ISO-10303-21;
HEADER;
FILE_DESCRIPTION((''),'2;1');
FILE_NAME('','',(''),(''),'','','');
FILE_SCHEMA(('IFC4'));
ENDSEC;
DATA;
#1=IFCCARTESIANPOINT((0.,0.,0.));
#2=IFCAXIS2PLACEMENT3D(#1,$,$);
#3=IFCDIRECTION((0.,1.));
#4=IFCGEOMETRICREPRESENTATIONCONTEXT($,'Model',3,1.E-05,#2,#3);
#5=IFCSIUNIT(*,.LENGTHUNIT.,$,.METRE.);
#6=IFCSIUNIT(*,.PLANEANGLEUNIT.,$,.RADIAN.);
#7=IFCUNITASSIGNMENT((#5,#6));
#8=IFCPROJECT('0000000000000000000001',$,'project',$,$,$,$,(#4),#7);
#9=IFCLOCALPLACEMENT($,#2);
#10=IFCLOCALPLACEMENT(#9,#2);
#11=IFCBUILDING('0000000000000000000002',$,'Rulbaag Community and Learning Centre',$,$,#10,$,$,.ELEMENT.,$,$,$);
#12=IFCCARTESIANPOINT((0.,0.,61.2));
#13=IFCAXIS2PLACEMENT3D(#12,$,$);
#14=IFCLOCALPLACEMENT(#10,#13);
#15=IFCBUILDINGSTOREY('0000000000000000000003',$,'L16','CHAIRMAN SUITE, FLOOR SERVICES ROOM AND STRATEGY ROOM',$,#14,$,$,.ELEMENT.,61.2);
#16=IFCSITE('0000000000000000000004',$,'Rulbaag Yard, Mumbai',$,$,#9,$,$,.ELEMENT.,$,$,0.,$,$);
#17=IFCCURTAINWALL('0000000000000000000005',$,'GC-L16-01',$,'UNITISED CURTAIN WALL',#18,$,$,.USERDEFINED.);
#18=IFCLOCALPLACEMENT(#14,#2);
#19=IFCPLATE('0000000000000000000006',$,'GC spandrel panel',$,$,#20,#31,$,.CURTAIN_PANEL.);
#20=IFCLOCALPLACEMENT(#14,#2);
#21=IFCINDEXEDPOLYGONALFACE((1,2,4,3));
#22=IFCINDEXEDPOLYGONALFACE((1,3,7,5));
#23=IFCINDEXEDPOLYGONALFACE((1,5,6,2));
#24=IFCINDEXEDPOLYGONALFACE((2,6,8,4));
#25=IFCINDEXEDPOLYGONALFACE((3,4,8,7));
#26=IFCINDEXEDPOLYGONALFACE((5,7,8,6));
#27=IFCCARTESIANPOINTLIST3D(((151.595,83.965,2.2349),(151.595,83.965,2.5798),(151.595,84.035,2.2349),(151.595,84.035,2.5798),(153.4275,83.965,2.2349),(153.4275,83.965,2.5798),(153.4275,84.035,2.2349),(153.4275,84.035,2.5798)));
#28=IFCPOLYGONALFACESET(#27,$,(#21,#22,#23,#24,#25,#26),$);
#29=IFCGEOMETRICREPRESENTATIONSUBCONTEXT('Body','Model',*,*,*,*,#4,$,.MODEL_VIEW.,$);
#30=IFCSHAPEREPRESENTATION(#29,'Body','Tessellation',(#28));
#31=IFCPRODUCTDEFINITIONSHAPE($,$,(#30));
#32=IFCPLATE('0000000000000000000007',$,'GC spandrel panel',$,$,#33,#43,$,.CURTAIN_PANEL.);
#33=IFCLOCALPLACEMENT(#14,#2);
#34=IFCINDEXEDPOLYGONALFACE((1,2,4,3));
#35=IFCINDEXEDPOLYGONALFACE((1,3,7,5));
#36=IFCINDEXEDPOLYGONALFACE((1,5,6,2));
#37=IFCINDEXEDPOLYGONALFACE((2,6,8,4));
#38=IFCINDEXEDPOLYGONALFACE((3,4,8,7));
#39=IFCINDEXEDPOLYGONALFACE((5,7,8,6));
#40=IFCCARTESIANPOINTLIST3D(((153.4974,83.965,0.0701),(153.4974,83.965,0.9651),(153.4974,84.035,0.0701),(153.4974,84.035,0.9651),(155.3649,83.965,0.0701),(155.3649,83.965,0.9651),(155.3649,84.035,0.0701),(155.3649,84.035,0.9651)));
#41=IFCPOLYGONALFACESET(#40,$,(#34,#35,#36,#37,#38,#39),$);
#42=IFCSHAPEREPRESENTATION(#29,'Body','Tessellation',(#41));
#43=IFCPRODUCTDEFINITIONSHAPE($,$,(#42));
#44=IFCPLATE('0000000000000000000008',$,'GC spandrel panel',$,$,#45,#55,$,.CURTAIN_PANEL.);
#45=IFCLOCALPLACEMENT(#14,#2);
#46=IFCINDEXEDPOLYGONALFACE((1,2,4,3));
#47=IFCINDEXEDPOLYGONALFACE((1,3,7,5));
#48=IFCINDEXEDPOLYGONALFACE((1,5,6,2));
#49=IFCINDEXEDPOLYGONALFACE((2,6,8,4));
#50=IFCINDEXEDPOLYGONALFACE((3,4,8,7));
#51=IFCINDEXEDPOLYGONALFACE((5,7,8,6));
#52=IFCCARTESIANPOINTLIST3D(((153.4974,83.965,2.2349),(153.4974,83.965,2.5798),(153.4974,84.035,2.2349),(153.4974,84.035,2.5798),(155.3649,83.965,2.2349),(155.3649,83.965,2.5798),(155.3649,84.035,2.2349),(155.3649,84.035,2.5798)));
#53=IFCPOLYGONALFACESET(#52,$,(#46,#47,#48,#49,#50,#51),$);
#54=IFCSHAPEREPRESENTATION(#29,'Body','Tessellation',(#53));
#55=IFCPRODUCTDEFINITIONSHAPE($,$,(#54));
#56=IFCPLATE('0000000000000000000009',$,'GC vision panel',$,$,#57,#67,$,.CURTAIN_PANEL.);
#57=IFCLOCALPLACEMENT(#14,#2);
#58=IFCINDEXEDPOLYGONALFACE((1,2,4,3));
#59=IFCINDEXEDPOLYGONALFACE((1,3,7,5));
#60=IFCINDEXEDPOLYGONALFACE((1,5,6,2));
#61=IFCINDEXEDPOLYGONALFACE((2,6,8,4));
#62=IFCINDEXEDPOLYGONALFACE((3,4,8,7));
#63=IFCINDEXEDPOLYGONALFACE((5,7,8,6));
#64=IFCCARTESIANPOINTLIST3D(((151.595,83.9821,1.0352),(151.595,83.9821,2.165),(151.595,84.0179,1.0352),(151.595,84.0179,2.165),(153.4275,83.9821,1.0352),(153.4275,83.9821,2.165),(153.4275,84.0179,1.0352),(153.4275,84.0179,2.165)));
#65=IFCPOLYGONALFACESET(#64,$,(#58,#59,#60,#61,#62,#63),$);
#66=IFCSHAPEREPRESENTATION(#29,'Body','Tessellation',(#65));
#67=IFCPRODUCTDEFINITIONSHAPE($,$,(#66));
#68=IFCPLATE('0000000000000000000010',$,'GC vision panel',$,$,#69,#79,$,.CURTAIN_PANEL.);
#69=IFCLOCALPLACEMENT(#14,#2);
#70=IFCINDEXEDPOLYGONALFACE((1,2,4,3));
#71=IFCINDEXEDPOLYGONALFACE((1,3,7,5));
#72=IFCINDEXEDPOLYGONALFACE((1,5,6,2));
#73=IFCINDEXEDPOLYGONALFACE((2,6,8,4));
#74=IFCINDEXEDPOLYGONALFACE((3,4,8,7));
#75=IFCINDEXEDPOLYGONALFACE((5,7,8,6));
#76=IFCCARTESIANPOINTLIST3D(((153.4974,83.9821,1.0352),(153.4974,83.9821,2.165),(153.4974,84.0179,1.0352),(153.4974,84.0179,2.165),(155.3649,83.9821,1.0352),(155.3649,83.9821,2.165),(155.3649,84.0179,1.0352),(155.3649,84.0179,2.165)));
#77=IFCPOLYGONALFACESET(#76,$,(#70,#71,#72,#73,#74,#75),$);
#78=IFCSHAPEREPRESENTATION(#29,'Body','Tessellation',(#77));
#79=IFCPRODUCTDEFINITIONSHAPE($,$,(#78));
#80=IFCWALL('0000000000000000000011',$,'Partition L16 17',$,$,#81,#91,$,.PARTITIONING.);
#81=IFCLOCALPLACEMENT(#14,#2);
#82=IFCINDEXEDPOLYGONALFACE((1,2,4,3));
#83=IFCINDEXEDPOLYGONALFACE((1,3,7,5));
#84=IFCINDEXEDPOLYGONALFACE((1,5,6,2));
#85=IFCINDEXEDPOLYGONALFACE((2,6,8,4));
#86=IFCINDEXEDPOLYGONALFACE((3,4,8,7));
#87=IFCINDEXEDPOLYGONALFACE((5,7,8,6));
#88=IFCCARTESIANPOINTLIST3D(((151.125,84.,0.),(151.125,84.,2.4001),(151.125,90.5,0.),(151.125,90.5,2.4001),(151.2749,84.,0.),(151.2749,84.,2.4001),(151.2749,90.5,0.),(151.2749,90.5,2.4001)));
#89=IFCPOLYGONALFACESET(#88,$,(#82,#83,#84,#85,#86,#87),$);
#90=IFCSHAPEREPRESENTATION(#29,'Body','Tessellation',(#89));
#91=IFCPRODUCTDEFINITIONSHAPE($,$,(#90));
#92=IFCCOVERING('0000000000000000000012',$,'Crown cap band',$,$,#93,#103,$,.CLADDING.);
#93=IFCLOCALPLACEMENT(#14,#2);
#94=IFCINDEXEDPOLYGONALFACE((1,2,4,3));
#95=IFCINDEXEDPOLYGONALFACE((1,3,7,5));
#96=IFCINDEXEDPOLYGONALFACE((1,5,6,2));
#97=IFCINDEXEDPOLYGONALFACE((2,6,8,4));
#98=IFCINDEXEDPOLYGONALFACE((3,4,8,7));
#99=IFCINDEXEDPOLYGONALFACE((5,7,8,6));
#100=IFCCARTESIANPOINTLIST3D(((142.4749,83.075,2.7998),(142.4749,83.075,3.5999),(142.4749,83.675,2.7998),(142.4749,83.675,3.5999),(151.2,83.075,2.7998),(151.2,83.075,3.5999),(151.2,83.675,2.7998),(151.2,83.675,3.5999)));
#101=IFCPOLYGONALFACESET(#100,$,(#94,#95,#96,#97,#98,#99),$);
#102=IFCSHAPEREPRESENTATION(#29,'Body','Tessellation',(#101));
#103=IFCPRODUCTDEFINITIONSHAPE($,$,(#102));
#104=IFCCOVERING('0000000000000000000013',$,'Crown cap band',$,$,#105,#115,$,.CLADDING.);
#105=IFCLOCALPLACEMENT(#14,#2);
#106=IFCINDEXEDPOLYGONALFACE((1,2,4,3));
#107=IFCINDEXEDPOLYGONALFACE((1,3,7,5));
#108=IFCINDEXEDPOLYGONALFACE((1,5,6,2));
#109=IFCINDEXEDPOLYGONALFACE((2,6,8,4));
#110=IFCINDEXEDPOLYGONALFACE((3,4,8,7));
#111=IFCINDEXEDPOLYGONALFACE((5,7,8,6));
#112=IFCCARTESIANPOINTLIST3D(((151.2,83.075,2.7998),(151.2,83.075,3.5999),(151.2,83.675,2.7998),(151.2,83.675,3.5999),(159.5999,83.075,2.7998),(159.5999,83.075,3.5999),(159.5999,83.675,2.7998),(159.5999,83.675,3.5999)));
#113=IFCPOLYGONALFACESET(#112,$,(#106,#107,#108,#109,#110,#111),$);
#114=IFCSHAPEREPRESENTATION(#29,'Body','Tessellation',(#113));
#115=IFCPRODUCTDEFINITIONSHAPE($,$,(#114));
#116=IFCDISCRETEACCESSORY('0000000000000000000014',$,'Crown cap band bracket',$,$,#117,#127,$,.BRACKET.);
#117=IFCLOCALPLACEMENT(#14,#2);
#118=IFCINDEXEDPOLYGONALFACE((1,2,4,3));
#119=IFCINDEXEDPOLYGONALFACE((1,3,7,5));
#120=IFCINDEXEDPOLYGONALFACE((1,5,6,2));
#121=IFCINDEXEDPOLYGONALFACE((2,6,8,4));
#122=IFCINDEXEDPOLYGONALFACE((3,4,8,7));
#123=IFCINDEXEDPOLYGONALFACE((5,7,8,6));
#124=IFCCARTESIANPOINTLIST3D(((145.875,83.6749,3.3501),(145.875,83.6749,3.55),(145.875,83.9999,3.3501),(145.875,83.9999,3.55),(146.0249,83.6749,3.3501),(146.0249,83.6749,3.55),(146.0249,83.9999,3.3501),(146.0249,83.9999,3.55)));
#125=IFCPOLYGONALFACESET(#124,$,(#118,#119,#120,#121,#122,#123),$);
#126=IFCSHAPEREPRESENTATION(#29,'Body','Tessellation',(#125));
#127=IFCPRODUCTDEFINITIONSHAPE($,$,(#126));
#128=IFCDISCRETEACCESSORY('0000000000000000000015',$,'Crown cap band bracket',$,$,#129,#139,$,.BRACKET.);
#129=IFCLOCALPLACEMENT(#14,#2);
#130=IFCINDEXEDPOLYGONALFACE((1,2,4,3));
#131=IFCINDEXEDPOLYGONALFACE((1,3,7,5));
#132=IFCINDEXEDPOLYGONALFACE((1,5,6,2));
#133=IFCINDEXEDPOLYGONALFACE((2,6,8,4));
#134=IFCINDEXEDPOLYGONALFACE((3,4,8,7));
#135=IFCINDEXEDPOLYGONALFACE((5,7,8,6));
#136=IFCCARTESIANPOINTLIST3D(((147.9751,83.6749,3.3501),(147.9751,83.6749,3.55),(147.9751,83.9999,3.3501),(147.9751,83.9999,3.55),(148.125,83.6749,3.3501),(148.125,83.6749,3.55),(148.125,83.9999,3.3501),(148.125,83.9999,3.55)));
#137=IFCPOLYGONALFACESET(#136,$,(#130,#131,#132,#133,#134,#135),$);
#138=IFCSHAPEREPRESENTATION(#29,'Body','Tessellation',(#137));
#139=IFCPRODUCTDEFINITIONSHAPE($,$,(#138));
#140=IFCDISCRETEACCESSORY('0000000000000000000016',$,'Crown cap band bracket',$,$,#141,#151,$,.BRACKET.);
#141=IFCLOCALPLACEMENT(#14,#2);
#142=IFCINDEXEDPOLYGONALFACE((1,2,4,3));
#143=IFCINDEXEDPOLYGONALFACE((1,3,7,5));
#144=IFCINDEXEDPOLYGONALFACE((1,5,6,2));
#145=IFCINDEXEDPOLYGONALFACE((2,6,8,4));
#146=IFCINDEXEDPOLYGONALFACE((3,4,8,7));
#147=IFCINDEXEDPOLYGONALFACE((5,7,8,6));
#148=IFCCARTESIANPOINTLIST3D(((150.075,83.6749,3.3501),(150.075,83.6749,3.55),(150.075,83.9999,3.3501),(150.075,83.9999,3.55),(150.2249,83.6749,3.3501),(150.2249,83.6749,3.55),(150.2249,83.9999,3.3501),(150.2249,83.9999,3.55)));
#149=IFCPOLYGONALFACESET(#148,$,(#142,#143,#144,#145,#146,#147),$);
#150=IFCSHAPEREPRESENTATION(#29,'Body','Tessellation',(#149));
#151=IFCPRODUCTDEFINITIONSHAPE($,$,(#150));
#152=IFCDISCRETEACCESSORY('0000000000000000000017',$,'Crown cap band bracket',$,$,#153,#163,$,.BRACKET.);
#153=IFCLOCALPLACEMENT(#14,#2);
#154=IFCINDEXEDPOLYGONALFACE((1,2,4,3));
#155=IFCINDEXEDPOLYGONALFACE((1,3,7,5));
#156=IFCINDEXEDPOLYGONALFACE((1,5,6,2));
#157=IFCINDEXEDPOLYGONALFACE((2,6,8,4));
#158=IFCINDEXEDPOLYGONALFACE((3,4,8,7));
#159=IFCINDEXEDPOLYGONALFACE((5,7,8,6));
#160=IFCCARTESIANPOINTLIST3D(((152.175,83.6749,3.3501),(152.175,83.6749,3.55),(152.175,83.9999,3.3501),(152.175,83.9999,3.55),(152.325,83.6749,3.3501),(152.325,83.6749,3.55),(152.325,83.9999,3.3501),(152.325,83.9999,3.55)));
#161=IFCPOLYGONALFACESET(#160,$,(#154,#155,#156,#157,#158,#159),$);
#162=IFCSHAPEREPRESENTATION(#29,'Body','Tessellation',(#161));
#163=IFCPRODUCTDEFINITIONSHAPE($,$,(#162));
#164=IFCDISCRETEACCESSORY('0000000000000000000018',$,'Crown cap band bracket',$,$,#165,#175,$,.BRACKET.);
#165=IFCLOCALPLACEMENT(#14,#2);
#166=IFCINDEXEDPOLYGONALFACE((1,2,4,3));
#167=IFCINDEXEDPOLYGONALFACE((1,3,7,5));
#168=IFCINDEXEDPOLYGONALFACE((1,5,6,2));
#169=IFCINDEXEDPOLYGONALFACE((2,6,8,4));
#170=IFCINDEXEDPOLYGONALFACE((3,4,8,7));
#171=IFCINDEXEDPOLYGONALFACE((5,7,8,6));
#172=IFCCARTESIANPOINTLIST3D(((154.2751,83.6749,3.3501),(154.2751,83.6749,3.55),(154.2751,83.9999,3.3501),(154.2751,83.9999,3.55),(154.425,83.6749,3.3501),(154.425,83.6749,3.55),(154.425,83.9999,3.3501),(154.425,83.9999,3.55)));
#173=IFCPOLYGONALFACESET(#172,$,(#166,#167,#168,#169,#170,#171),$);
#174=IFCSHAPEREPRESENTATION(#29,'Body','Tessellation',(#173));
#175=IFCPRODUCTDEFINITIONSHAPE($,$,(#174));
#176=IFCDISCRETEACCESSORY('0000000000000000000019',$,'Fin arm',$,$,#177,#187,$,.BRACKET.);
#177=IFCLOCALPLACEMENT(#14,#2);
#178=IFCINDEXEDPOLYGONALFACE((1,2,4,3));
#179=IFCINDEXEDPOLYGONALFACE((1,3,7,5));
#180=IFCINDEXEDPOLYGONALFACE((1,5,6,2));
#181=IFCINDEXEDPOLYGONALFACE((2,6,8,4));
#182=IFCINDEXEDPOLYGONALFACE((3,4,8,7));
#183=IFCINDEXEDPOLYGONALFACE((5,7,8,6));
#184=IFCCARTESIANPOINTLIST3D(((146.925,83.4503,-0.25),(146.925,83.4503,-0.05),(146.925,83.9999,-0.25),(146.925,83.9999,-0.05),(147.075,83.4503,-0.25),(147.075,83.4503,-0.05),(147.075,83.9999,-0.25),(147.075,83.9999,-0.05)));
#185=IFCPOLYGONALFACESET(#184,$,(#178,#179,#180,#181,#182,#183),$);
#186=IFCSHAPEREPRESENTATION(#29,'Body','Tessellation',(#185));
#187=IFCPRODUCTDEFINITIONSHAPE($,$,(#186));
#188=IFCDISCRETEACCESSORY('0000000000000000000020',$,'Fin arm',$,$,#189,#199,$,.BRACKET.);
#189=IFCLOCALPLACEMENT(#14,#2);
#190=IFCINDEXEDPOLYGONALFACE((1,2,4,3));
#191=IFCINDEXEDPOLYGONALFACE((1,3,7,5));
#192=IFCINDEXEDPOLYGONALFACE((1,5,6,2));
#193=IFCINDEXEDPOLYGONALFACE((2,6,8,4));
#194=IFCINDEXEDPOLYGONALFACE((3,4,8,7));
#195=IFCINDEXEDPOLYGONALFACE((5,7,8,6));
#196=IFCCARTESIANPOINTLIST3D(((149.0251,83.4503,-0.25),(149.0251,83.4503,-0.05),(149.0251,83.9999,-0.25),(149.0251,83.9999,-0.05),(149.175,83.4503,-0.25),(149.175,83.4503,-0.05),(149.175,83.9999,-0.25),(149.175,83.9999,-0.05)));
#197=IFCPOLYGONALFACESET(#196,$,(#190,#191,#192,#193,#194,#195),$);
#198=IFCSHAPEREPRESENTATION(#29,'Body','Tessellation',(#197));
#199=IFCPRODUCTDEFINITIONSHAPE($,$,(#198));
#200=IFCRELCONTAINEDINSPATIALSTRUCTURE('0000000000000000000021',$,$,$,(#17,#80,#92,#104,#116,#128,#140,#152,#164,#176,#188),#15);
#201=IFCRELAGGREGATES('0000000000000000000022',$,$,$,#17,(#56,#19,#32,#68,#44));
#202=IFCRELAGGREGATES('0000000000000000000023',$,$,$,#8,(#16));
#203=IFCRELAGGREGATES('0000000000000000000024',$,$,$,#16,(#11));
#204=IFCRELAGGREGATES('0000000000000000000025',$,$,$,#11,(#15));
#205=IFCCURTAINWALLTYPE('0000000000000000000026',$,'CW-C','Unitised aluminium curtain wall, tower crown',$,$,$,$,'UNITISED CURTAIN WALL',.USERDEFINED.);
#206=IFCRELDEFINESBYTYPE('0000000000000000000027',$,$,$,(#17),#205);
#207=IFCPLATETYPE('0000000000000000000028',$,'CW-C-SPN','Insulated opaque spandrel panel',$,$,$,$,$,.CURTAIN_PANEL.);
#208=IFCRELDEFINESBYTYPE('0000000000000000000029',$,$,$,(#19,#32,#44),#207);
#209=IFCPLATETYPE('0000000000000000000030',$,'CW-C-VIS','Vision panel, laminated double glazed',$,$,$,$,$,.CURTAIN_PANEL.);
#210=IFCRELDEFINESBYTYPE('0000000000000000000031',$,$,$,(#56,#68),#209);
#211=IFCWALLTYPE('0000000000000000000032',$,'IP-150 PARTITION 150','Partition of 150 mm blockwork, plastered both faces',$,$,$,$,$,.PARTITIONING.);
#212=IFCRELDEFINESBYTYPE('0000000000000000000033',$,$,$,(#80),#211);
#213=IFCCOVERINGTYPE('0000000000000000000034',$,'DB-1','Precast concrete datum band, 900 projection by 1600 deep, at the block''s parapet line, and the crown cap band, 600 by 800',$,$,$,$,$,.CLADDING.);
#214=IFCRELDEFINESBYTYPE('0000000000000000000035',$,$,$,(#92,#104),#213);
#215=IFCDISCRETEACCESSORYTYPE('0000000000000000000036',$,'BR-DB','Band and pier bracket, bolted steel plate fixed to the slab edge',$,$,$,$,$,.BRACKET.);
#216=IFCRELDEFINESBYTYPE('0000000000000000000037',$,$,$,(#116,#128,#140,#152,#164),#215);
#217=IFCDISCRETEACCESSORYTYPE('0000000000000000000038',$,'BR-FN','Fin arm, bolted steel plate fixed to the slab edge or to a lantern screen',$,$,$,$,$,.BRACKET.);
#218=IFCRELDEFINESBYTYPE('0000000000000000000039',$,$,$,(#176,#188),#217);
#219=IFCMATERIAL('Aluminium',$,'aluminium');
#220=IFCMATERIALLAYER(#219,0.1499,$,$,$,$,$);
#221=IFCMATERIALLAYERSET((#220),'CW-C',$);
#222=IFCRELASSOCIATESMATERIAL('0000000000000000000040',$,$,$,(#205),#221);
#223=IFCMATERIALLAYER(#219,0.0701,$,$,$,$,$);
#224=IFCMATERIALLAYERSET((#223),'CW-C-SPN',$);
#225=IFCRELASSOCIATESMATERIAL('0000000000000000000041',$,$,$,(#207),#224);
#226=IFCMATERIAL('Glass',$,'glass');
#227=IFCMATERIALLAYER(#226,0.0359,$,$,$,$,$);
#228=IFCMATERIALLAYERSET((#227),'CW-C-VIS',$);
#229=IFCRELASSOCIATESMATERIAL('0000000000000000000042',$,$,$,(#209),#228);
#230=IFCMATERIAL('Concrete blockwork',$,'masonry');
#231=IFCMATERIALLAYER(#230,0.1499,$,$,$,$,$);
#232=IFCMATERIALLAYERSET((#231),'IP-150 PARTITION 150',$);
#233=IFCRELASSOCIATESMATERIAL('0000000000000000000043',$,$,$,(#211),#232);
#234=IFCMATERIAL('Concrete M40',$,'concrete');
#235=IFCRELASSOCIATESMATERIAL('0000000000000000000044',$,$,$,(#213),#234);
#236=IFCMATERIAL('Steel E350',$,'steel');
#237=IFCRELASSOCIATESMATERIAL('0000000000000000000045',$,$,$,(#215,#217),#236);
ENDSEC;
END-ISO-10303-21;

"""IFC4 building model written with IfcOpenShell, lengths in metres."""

from ifc_helpers import new_model, si_unit, direction, frame, frame_2d, origin, origin_2d, place, context, subcontext, project, spatial, rectangle, extrude, material, layer, layer_set, type_object, element, aggregate, save


model = new_model("IFC4")

# Units and contexts
model_context = context("Model", 3, precision=1e-05, world=origin(), true_north=direction((0.0, 1.0)))
body_context = subcontext(model_context, "Body", "Model", "MODEL_VIEW")
ifc_project = project(units=[si_unit("LENGTHUNIT", "METRE"), si_unit("PLANEANGLEUNIT", "RADIAN")], contexts=[model_context])

# Site, building, storey
site_placement = place(None, origin())
site = spatial("IfcSite", under=ifc_project, at=site_placement, Name="Rulbaag Yard, Mumbai", CompositionType="ELEMENT", RefElevation=0.0)
building_placement = place(site_placement, origin())
building = spatial("IfcBuilding", under=site, at=building_placement, Name="Rulbaag Community and Learning Centre", CompositionType="ELEMENT")
storey_placement = place(building_placement, frame((0.0, 0.0, 61.2)))
storey = spatial("IfcBuildingStorey", under=building, at=storey_placement, Name="L16", Description="CHAIRMAN SUITE, FLOOR SERVICES ROOM AND STRATEGY ROOM", CompositionType="ELEMENT", Elevation=61.2)

# Shared definitions
ifc_material_1 = material(Name="Concrete M40", Category="concrete")

# Curtain wall, plates
ifc_material_2 = material(Name="Aluminium", Category="aluminium")
ifc_layer_1 = layer(ifc_material_2, 0.1499)
ifc_layer_set_1 = layer_set([ifc_layer_1], Name="CW-C")
curtain_wall_type = type_object("IfcCurtainWallType", Name="CW-C", Description="Unitised aluminium curtain wall, tower crown", ElementType="UNITISED CURTAIN WALL", PredefinedType="USERDEFINED", material=ifc_layer_set_1)
curtain_wall_placement = place(storey_placement, origin())
curtain_wall = element("IfcCurtainWall", 1, at=curtain_wall_placement, inside=storey, type_object=curtain_wall_type, Name="GC-L16-01", ObjectType="UNITISED CURTAIN WALL", PredefinedType="USERDEFINED")
ifc_layer_2 = layer(ifc_material_2, 0.0701)
ifc_layer_set_2 = layer_set([ifc_layer_2], Name="CW-C-SPN")
plate_type_1 = type_object("IfcPlateType", Name="CW-C-SPN", Description="Insulated opaque spandrel panel", PredefinedType="CURTAIN_PANEL", material=ifc_layer_set_2)
plate_1_placement = place(storey_placement, frame((152.5112, 84.0, 2.2349), z_axis=(0.0, 0.0, 1.0), x_axis=(1.0, 0.0, 0.0)))
plate_1 = element("IfcPlate", 2, at=plate_1_placement, type_object=plate_type_1, Name="GC spandrel panel", PredefinedType="CURTAIN_PANEL", context=body_context, shape_type="SweptSolid", body=[
    extrude(rectangle(XDim=1.8325, YDim=0.0701, at=origin_2d()), origin(), (0.0, 0.0, 1.0), 0.345),
])
plate_2_placement = place(storey_placement, frame((154.4312, 84.0, 0.0701), z_axis=(0.0, 0.0, 1.0), x_axis=(1.0, 0.0, 0.0)))
plate_2 = element("IfcPlate", 3, at=plate_2_placement, type_object=plate_type_1, Name="GC spandrel panel", PredefinedType="CURTAIN_PANEL", context=body_context, shape_type="SweptSolid", body=[
    extrude(rectangle(XDim=1.8674, YDim=0.0701, at=origin_2d()), origin(), (0.0, 0.0, 1.0), 0.895),
])
plate_3_placement = place(storey_placement, frame((154.4312, 84.0, 2.2349), z_axis=(0.0, 0.0, 1.0), x_axis=(1.0, 0.0, 0.0)))
plate_3 = element("IfcPlate", 4, at=plate_3_placement, type_object=plate_type_1, Name="GC spandrel panel", PredefinedType="CURTAIN_PANEL", context=body_context, shape_type="SweptSolid", body=[
    extrude(rectangle(XDim=1.8674, YDim=0.0701, at=origin_2d()), origin(), (0.0, 0.0, 1.0), 0.345),
])
ifc_material_3 = material(Name="Glass", Category="glass")
ifc_layer_3 = layer(ifc_material_3, 0.0359)
ifc_layer_set_3 = layer_set([ifc_layer_3], Name="CW-C-VIS")
plate_type_2 = type_object("IfcPlateType", Name="CW-C-VIS", Description="Vision panel, laminated double glazed", PredefinedType="CURTAIN_PANEL", material=ifc_layer_set_3)
plate_4_placement = place(storey_placement, frame((152.5112, 84.0, 1.0352), z_axis=(0.0, 0.0, 1.0), x_axis=(1.0, 0.0, 0.0)))
plate_4 = element("IfcPlate", 5, at=plate_4_placement, type_object=plate_type_2, Name="GC vision panel", PredefinedType="CURTAIN_PANEL", context=body_context, shape_type="SweptSolid", body=[
    extrude(rectangle(XDim=1.8325, YDim=0.0359, at=origin_2d()), origin(), (0.0, 0.0, 1.0), 1.1299),
])
plate_5_placement = place(storey_placement, frame((154.4312, 84.0, 1.0352), z_axis=(0.0, 0.0, 1.0), x_axis=(1.0, 0.0, 0.0)))
plate_5 = element("IfcPlate", 6, at=plate_5_placement, type_object=plate_type_2, Name="GC vision panel", PredefinedType="CURTAIN_PANEL", context=body_context, shape_type="SweptSolid", body=[
    extrude(rectangle(XDim=1.8674, YDim=0.0359, at=origin_2d()), origin(), (0.0, 0.0, 1.0), 1.1299),
])
aggregate(curtain_wall, [plate_4, plate_1, plate_2, plate_5, plate_3])

# Wall
ifc_material_4 = material(Name="Concrete blockwork", Category="masonry")
ifc_layer_4 = layer(ifc_material_4, 0.1499)
ifc_layer_set_4 = layer_set([ifc_layer_4], Name="IP-150 PARTITION 150")
wall_type = type_object("IfcWallType", Name="IP-150 PARTITION 150", Description="Partition of 150 mm blockwork, plastered both faces", PredefinedType="PARTITIONING", material=ifc_layer_set_4)
wall_placement = place(storey_placement, frame((151.2, 84.0, 0.0), z_axis=(0.0, 0.0, 1.0), x_axis=(0.0, 1.0, 0.0)))
element("IfcWall", 7, at=wall_placement, inside=storey, type_object=wall_type, Name="Partition L16 17", PredefinedType="PARTITIONING", context=body_context, shape_type="SweptSolid", body=[
    extrude(rectangle(XDim=6.5, YDim=0.1499, at=frame_2d((3.25, 0.0))), origin(), (0.0, 0.0, 1.0), 2.4001),
])

# Coverings
covering_type = type_object("IfcCoveringType", Name="DB-1", Description="Precast concrete datum band, 900 projection by 1600 deep, at the block's parapet line, and the crown cap band, 600 by 800", PredefinedType="CLADDING", material=ifc_material_1)
covering_1_placement = place(storey_placement, frame((146.8374, 83.375, 2.7998), z_axis=(0.0, 0.0, 1.0), x_axis=(1.0, 0.0, 0.0)))
element("IfcCovering", 8, at=covering_1_placement, inside=storey, type_object=covering_type, Name="Crown cap band", PredefinedType="CLADDING", context=body_context, shape_type="SweptSolid", body=[
    extrude(rectangle(XDim=8.7251, YDim=0.6001, at=origin_2d()), origin(), (0.0, 0.0, 1.0), 0.8),
])
covering_2_placement = place(storey_placement, frame((155.3999, 83.375, 2.7998), z_axis=(0.0, 0.0, 1.0), x_axis=(1.0, 0.0, 0.0)))
element("IfcCovering", 9, at=covering_2_placement, inside=storey, type_object=covering_type, Name="Crown cap band", PredefinedType="CLADDING", context=body_context, shape_type="SweptSolid", body=[
    extrude(rectangle(XDim=8.3999, YDim=0.6001, at=origin_2d()), origin(), (0.0, 0.0, 1.0), 0.8),
])

# Discrete accessories
ifc_material_5 = material(Name="Steel E350", Category="steel")
discrete_accessory_type_1 = type_object("IfcDiscreteAccessoryType", Name="BR-DB", Description="Band and pier bracket, bolted steel plate fixed to the slab edge", PredefinedType="BRACKET", material=ifc_material_5)
for number, where, z_axis, x_axis, name in (
    (10, (145.95, 83.8374, 3.3501), (0.0, 0.0, 1.0), (1.0, 0.0, 0.0), "Crown cap band bracket"),
    (11, (148.05, 83.8374, 3.3501), (0.0, 0.0, 1.0), (1.0, 0.0, 0.0), "Crown cap band bracket"),
    (12, (150.1499, 83.8374, 3.3501), (0.0, 0.0, 1.0), (1.0, 0.0, 0.0), "Crown cap band bracket"),
    (13, (152.25, 83.8374, 3.3501), (0.0, 0.0, 1.0), (1.0, 0.0, 0.0), "Crown cap band bracket"),
    (14, (154.3501, 83.8374, 3.3501), (0.0, 0.0, 1.0), (1.0, 0.0, 0.0), "Crown cap band bracket"),
):
    element("IfcDiscreteAccessory", number, at=place(storey_placement, frame(where, z_axis=z_axis, x_axis=x_axis)), inside=storey, type_object=discrete_accessory_type_1, Name=name, PredefinedType="BRACKET", context=body_context, shape_type="SweptSolid", body=[
        extrude(rectangle(XDim=0.1499, YDim=0.325, at=origin_2d()), origin(), (0.0, 0.0, 1.0), 0.2),
    ])
discrete_accessory_type_2 = type_object("IfcDiscreteAccessoryType", Name="BR-FN", Description="Fin arm, bolted steel plate fixed to the slab edge or to a lantern screen", PredefinedType="BRACKET", material=ifc_material_5)
for number, where, z_axis, x_axis, name in (
    (15, (147.0, 83.7251, -0.25), (0.0, 0.0, 1.0), (1.0, 0.0, 0.0), "Fin arm"),
    (16, (149.1001, 83.7251, -0.25), (0.0, 0.0, 1.0), (1.0, 0.0, 0.0), "Fin arm"),
):
    element("IfcDiscreteAccessory", number, at=place(storey_placement, frame(where, z_axis=z_axis, x_axis=x_axis)), inside=storey, type_object=discrete_accessory_type_2, Name=name, PredefinedType="BRACKET", context=body_context, shape_type="SweptSolid", body=[
        extrude(rectangle(XDim=0.1499, YDim=0.5496, at=origin_2d()), origin(), (0.0, 0.0, 1.0), 0.2),
    ])

save(model, "model.ifc")
